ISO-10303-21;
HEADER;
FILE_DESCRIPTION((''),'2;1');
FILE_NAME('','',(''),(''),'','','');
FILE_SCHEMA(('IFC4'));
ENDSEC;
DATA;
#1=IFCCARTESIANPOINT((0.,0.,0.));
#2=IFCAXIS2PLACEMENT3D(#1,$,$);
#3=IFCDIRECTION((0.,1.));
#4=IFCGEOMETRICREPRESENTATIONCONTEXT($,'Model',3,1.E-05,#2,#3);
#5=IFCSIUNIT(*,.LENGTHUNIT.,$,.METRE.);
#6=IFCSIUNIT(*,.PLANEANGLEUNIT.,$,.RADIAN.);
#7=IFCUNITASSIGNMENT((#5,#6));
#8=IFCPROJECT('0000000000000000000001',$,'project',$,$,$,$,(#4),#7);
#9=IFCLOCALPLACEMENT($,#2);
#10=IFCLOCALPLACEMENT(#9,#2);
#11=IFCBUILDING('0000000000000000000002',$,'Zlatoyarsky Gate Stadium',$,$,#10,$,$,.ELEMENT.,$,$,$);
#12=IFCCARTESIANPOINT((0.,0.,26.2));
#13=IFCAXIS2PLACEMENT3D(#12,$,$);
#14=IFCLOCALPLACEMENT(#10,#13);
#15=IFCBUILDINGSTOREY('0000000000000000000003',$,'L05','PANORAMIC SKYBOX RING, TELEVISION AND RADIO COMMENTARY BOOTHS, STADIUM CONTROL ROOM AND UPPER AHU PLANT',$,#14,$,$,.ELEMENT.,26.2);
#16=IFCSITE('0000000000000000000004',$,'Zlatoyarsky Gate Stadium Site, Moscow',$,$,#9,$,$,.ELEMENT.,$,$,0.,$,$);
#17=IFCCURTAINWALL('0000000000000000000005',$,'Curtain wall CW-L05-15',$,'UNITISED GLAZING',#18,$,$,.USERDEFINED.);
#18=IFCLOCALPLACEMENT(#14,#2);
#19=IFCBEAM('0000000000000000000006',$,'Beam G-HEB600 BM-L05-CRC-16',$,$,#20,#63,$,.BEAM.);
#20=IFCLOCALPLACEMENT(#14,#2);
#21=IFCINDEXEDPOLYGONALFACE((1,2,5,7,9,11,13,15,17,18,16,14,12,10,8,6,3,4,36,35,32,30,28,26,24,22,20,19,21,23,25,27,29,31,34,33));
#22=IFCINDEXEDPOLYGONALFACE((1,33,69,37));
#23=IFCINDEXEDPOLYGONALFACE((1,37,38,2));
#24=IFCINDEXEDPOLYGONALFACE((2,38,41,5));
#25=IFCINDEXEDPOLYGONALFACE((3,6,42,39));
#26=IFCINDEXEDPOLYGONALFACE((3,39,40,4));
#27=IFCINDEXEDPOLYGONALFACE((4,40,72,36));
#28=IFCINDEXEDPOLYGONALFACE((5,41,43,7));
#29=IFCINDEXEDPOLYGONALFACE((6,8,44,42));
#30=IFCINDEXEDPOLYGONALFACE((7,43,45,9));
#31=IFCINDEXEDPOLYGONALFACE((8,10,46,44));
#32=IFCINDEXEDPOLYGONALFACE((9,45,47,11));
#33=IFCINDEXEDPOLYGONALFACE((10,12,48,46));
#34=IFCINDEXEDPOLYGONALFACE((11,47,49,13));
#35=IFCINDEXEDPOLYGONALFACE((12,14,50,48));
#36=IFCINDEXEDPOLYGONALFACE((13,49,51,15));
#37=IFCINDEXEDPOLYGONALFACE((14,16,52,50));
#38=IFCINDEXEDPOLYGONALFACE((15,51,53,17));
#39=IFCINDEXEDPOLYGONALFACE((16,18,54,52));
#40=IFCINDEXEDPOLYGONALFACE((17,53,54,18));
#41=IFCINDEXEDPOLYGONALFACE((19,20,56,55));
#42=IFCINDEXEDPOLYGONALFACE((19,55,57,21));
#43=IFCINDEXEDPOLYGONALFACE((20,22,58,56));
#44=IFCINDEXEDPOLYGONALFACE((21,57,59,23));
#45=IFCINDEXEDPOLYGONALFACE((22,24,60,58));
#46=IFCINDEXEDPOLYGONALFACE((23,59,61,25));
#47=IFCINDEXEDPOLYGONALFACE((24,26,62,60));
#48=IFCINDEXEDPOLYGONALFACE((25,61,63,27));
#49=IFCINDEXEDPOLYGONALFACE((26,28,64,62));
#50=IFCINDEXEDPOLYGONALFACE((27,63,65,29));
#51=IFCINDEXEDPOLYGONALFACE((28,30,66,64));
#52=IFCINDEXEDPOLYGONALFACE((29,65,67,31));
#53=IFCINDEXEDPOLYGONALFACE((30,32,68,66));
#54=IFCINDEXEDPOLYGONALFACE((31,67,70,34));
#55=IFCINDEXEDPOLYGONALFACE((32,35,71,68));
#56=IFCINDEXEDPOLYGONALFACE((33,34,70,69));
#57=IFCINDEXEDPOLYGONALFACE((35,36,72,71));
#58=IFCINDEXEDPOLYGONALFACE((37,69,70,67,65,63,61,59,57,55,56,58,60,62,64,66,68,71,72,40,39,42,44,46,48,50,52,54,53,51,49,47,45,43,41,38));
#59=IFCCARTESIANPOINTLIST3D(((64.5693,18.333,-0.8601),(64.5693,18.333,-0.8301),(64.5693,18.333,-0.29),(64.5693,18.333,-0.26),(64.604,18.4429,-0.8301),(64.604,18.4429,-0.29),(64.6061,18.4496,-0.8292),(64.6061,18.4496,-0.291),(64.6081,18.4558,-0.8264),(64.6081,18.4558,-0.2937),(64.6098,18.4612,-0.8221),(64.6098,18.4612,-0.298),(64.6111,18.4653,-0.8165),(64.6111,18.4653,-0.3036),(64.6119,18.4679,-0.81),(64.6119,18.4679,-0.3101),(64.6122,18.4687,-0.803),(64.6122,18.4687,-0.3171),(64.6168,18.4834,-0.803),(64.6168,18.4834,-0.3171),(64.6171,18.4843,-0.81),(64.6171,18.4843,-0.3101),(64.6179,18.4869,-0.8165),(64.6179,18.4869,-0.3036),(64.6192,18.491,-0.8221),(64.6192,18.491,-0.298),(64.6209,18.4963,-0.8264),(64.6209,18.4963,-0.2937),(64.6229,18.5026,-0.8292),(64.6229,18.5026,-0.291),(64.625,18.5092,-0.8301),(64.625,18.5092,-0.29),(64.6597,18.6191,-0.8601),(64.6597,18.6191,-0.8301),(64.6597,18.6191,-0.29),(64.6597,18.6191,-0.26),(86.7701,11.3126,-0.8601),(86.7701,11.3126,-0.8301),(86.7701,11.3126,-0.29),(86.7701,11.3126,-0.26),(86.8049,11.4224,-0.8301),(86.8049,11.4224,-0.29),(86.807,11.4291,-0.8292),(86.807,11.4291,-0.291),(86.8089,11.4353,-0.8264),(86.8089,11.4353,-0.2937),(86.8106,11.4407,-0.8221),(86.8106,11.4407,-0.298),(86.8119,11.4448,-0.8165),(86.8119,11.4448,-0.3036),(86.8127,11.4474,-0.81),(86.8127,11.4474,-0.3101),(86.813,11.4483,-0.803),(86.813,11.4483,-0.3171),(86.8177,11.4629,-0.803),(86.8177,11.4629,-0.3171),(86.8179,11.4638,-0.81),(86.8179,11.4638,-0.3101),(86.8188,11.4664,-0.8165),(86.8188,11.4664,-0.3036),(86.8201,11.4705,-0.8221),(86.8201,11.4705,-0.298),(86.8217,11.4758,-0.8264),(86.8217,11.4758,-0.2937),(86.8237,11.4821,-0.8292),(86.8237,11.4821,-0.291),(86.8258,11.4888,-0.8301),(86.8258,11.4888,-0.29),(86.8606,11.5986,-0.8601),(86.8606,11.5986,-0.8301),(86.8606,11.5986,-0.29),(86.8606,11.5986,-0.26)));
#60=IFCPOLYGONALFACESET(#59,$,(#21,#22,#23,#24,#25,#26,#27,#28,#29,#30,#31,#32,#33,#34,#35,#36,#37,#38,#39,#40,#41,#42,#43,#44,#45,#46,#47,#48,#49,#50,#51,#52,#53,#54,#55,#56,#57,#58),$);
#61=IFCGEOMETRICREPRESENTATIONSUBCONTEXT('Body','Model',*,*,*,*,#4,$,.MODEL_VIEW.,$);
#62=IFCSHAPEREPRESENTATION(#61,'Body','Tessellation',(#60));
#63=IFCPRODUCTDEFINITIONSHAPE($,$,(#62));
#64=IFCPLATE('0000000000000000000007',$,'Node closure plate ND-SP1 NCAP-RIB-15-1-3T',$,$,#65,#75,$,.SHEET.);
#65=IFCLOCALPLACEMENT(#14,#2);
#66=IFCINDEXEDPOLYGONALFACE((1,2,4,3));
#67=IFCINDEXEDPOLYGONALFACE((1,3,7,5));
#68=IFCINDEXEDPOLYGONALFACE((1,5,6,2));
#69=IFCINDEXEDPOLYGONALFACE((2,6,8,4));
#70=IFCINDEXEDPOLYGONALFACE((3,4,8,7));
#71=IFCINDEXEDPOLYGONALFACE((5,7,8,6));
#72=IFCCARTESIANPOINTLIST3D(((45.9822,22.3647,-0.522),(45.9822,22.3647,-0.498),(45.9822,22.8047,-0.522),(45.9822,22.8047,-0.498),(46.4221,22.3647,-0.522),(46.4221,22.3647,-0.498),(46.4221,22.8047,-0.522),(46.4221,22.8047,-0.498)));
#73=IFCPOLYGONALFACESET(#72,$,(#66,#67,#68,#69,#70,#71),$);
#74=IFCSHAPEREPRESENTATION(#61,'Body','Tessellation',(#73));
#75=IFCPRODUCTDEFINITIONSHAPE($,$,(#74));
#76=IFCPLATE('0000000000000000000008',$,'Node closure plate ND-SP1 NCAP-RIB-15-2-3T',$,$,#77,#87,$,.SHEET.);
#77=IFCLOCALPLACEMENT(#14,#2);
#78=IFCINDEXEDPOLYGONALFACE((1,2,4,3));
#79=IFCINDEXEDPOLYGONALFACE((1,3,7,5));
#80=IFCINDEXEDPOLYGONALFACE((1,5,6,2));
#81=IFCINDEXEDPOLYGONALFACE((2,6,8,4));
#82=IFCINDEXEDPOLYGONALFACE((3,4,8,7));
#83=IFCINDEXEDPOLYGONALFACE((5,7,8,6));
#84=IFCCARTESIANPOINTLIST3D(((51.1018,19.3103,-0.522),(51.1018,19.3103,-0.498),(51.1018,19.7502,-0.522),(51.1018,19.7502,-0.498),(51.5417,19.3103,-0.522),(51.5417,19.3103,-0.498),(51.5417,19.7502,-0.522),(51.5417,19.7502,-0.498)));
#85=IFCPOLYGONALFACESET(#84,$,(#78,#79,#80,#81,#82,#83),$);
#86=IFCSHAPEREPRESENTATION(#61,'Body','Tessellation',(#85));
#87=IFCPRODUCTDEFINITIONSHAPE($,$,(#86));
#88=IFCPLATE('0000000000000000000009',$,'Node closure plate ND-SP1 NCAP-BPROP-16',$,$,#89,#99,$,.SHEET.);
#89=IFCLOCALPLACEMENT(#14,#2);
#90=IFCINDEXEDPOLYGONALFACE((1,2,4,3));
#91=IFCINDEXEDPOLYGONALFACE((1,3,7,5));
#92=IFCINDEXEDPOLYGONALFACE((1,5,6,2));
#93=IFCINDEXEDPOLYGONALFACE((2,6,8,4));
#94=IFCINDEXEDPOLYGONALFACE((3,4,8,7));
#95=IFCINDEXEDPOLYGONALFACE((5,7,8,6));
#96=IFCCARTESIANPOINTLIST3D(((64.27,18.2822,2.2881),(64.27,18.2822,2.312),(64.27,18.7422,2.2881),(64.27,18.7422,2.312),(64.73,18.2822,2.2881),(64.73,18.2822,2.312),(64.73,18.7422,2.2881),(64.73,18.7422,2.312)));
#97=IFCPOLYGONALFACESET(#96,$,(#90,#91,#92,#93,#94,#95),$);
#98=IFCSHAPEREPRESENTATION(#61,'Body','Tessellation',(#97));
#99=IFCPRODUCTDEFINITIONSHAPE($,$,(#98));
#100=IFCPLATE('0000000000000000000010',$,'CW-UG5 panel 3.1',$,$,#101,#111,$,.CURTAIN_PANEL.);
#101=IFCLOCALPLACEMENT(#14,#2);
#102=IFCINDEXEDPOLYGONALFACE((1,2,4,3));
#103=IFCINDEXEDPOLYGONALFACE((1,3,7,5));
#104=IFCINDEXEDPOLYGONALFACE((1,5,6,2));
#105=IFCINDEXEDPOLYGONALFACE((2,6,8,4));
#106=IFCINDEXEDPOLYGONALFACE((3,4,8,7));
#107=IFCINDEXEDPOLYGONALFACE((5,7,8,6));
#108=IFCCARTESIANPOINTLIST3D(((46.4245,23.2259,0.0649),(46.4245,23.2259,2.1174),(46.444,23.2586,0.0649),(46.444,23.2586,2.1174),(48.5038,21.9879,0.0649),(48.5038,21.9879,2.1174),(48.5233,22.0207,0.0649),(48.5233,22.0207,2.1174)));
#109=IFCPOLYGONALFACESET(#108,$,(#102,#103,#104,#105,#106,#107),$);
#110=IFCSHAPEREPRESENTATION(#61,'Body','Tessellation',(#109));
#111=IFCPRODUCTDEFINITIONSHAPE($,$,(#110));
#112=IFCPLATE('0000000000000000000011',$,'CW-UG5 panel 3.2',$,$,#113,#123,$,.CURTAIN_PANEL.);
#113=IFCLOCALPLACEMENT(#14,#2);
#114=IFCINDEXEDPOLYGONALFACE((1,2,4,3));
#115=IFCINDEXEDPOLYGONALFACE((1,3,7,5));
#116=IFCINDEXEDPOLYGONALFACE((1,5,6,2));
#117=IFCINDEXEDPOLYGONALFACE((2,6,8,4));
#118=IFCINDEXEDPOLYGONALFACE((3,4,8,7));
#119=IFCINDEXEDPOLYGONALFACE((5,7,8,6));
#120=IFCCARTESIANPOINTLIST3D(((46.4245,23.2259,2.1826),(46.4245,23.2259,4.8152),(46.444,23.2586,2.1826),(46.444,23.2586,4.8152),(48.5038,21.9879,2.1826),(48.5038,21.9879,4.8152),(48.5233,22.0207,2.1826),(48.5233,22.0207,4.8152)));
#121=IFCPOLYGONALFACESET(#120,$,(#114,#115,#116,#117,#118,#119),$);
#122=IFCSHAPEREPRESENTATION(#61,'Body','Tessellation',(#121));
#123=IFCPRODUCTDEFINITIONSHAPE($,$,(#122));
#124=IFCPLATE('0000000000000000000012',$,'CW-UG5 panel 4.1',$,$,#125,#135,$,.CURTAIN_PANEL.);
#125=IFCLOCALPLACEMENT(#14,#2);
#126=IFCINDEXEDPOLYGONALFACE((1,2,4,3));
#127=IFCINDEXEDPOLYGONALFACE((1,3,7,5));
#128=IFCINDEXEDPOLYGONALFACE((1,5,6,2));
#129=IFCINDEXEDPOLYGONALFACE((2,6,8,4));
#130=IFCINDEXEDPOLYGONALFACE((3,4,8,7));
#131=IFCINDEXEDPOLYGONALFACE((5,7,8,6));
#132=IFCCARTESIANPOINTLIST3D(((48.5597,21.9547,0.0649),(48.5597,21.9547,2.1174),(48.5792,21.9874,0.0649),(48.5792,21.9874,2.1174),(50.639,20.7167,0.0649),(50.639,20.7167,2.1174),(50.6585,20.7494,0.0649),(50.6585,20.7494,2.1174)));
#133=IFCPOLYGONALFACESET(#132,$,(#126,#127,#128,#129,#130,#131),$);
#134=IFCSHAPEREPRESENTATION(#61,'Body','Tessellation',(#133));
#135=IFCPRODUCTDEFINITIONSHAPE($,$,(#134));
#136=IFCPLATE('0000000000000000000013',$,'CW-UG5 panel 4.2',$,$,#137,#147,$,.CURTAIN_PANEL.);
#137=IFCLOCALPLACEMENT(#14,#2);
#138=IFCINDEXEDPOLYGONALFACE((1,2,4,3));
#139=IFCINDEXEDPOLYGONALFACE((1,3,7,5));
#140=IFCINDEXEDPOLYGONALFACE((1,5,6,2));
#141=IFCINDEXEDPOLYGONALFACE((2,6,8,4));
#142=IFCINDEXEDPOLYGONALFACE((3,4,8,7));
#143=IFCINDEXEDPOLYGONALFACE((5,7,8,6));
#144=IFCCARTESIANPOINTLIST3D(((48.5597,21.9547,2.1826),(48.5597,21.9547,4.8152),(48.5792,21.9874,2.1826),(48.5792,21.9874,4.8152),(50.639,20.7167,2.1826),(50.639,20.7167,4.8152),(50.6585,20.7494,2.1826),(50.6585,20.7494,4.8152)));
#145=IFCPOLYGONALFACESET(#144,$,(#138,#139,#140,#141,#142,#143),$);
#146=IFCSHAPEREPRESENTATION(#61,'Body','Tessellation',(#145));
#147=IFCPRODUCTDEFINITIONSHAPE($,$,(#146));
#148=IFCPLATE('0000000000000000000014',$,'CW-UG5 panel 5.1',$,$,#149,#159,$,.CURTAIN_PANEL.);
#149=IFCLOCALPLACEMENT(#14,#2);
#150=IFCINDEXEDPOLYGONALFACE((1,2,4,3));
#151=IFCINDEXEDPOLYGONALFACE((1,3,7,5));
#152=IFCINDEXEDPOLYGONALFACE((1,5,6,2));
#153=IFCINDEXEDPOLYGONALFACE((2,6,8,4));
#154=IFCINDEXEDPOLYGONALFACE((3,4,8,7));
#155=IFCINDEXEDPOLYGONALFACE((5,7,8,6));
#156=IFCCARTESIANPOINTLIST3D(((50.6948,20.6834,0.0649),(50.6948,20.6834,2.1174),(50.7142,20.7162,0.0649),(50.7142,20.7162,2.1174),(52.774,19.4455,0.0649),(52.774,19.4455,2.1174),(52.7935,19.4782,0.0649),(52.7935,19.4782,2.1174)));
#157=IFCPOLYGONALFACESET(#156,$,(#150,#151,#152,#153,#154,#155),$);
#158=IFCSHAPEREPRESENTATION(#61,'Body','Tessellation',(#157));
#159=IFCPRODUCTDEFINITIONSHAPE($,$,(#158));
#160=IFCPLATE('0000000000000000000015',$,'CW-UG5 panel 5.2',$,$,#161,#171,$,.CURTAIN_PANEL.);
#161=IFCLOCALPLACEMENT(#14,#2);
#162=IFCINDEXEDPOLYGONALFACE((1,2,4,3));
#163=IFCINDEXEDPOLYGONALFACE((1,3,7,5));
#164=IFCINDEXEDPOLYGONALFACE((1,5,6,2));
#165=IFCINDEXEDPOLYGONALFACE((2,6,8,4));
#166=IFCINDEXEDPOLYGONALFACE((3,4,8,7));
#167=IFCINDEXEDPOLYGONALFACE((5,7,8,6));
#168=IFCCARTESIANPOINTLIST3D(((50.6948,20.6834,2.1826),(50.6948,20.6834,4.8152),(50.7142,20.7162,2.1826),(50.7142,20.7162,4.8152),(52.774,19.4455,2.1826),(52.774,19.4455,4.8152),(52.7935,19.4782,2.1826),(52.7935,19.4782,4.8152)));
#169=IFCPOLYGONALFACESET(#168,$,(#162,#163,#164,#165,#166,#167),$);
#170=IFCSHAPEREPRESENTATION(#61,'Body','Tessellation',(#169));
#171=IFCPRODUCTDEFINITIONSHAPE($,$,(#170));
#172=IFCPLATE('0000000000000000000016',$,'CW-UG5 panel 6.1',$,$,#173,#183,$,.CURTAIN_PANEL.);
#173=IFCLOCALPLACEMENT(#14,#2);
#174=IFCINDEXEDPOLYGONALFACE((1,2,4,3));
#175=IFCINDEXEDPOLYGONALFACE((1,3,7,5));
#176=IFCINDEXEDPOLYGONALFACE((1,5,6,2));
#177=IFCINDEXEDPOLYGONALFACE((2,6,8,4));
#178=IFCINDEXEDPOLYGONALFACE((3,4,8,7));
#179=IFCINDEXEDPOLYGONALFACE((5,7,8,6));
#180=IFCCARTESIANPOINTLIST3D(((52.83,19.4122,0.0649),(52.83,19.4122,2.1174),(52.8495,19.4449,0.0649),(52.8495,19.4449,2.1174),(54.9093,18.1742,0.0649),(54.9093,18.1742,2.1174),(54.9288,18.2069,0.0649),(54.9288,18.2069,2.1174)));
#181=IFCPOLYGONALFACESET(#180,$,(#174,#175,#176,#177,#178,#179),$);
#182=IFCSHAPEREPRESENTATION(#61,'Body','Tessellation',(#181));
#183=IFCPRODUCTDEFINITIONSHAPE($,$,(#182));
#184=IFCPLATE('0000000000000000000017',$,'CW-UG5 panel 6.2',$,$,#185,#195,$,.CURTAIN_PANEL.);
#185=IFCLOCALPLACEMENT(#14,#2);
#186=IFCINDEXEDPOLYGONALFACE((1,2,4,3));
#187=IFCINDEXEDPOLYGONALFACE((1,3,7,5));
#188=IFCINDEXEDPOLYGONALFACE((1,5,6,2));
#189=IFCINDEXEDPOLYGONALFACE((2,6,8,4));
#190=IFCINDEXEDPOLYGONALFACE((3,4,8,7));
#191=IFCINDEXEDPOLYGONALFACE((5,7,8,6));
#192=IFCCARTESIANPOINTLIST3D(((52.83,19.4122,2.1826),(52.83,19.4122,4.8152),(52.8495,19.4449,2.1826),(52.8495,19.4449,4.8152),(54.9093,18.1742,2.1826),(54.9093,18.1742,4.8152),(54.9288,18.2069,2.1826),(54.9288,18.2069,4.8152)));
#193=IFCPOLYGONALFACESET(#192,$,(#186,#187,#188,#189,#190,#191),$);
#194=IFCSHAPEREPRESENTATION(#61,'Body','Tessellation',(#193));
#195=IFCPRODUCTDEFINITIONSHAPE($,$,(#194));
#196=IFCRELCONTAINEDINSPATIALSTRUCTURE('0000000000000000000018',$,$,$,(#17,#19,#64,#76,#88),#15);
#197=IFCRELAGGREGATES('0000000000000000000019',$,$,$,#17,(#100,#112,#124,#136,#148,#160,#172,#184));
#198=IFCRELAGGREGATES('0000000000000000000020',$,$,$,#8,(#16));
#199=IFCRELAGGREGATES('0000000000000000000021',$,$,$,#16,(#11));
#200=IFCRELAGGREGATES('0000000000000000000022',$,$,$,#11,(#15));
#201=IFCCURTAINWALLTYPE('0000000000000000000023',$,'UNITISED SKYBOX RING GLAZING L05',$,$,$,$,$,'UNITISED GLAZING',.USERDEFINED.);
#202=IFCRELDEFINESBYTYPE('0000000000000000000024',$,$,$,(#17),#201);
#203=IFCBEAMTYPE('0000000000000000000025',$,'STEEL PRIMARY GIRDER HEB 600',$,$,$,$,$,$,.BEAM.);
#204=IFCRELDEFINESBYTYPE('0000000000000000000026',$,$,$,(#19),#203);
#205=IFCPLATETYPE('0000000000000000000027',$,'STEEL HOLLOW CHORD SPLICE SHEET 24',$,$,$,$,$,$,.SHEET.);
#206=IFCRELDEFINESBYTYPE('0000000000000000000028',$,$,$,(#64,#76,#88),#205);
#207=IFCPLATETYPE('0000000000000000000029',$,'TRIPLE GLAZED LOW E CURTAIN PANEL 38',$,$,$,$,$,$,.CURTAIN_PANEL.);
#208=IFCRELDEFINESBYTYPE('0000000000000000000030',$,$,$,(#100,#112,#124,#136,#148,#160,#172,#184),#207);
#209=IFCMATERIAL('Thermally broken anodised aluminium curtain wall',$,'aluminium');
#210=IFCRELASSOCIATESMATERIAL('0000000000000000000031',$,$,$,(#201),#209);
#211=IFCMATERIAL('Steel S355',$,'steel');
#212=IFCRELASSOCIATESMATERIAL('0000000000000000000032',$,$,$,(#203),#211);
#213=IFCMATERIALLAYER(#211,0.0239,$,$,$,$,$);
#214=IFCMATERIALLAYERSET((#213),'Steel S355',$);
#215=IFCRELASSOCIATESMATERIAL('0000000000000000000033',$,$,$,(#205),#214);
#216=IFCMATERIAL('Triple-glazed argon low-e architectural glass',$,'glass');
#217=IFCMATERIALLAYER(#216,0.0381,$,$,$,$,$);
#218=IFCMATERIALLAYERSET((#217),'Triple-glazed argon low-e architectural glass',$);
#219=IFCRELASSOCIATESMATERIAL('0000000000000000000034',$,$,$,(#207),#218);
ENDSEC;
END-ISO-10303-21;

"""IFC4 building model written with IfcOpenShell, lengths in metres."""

from ifc_helpers import new_model, si_unit, direction, frame, origin, origin_2d, place, context, subcontext, project, spatial, rectangle, i_section, extrude, material, layer, layer_set, material_profile, profile_set, type_object, element, aggregate, save


model = new_model("IFC4")

# Units and contexts
model_context = context("Model", 3, precision=1e-05, world=origin(), true_north=direction((0.0, 1.0)))
body_context = subcontext(model_context, "Body", "Model", "MODEL_VIEW")
ifc_project = project(units=[si_unit("LENGTHUNIT", "METRE"), si_unit("PLANEANGLEUNIT", "RADIAN")], contexts=[model_context])

# Site, building, storey
site_placement = place(None, origin())
site = spatial("IfcSite", under=ifc_project, at=site_placement, Name="Zlatoyarsky Gate Stadium Site, Moscow", CompositionType="ELEMENT", RefElevation=0.0)
building_placement = place(site_placement, origin())
building = spatial("IfcBuilding", under=site, at=building_placement, Name="Zlatoyarsky Gate Stadium", CompositionType="ELEMENT")
storey_placement = place(building_placement, frame((0.0, 0.0, 26.2)))
storey = spatial("IfcBuildingStorey", under=building, at=storey_placement, Name="L05", Description="PANORAMIC SKYBOX RING, TELEVISION AND RADIO COMMENTARY BOOTHS, STADIUM CONTROL ROOM AND UPPER AHU PLANT", CompositionType="ELEMENT", Elevation=26.2)

# Shared definitions
ifc_material_1 = material(Name="Steel S355", Category="steel")

# Curtain wall
ifc_material_2 = material(Name="Thermally broken anodised aluminium curtain wall", Category="aluminium")
curtain_wall_type = type_object("IfcCurtainWallType", Name="UNITISED SKYBOX RING GLAZING L05", ElementType="UNITISED GLAZING", PredefinedType="USERDEFINED", material=ifc_material_2)
curtain_wall_placement = place(storey_placement, origin())
curtain_wall = element("IfcCurtainWall", 1, at=curtain_wall_placement, inside=storey, type_object=curtain_wall_type, Name="Curtain wall CW-L05-15", ObjectType="UNITISED GLAZING", PredefinedType="USERDEFINED")

# Beam
ifc_material_profile_1 = material_profile(ifc_material_1, i_section(OverallWidth=0.3, OverallDepth=0.6001, WebThickness=0.0154, FlangeThickness=0.03, FilletRadius=0.0271, at=origin_2d()), Name="HEB 600")
ifc_profile_set_1 = profile_set([ifc_material_profile_1], Name="Steel S355")
beam_type = type_object("IfcBeamType", Name="STEEL PRIMARY GIRDER HEB 600", PredefinedType="BEAM", material=ifc_profile_set_1)
beam_placement = place(storey_placement, frame((64.6145, 18.4761, -0.5601), z_axis=(0.953463, -0.30151, 0.0), x_axis=(0.30151, 0.953463, 0.0)))
element("IfcBeam", 2, at=beam_placement, inside=storey, type_object=beam_type, Name="Beam G-HEB600 BM-L05-CRC-16", PredefinedType="BEAM", context=body_context, shape_type="SweptSolid", body=[
    extrude(i_section(OverallWidth=0.3, OverallDepth=0.6001, WebThickness=0.0154, FlangeThickness=0.03, FilletRadius=0.0271, at=origin_2d()), origin(), (0.0, 0.0, 1.0), 23.2844),
])

# Plates
ifc_layer_1 = layer(ifc_material_1, 0.0239)
ifc_layer_set_1 = layer_set([ifc_layer_1], Name="Steel S355")
plate_type_1 = type_object("IfcPlateType", Name="STEEL HOLLOW CHORD SPLICE SHEET 24", PredefinedType="SHEET", material=ifc_layer_set_1)
for number, where, z_axis, x_axis, name in (
    (3, (46.2021, 22.5847, -0.522), (0.0, 0.0, 1.0), (1.0, 0.0, 0.0), "Node closure plate ND-SP1 NCAP-RIB-15-1-3T"),
    (4, (51.3218, 19.5303, -0.522), (0.0, 0.0, 1.0), (1.0, 0.0, 0.0), "Node closure plate ND-SP1 NCAP-RIB-15-2-3T"),
):
    element("IfcPlate", number, at=place(storey_placement, frame(where, z_axis=z_axis, x_axis=x_axis)), inside=storey, type_object=plate_type_1, Name=name, PredefinedType="SHEET", context=body_context, shape_type="SweptSolid", body=[
        extrude(rectangle(XDim=0.4399, YDim=0.4399, at=origin_2d()), origin(), (0.0, 0.0, 1.0), 0.0239),
    ])
plate_1_placement = place(storey_placement, frame((64.5, 18.5122, 2.2881), z_axis=(0.0, 0.0, 1.0), x_axis=(1.0, 0.0, 0.0)))
element("IfcPlate", 5, at=plate_1_placement, inside=storey, type_object=plate_type_1, Name="Node closure plate ND-SP1 NCAP-BPROP-16", PredefinedType="SHEET", context=body_context, shape_type="SweptSolid", body=[
    extrude(rectangle(XDim=0.46, YDim=0.46, at=origin_2d()), origin(), (0.0, 0.0, 1.0), 0.0239),
])

# Plates
ifc_material_3 = material(Name="Triple-glazed argon low-e architectural glass", Category="glass")
ifc_layer_2 = layer(ifc_material_3, 0.0381)
ifc_layer_set_2 = layer_set([ifc_layer_2], Name="Triple-glazed argon low-e architectural glass")
plate_type_2 = type_object("IfcPlateType", Name="TRIPLE GLAZED LOW E CURTAIN PANEL 38", PredefinedType="CURTAIN_PANEL", material=ifc_layer_set_2)
plate_2_placement = place(storey_placement, frame((47.4739, 22.6233, 0.0649), z_axis=(0.0, 0.0, 1.0), x_axis=(0.859237, -0.511577, 0.0)))
plate_2 = element("IfcPlate", 6, at=plate_2_placement, type_object=plate_type_2, Name="CW-UG5 panel 3.1", PredefinedType="CURTAIN_PANEL", context=body_context, shape_type="SweptSolid", body=[
    extrude(rectangle(XDim=2.4199, YDim=0.0381, at=origin_2d()), origin(), (0.0, 0.0, 1.0), 2.0525),
])
plate_3_placement = place(storey_placement, frame((47.4739, 22.6233, 2.1826), z_axis=(0.0, 0.0, 1.0), x_axis=(0.859237, -0.511577, 0.0)))
plate_3 = element("IfcPlate", 7, at=plate_3_placement, type_object=plate_type_2, Name="CW-UG5 panel 3.2", PredefinedType="CURTAIN_PANEL", context=body_context, shape_type="SweptSolid", body=[
    extrude(rectangle(XDim=2.4199, YDim=0.0381, at=origin_2d()), origin(), (0.0, 0.0, 1.0), 2.6326),
])
plate_4_placement = place(storey_placement, frame((49.6091, 21.3521, 0.0649), z_axis=(0.0, 0.0, 1.0), x_axis=(0.859237, -0.511577, 0.0)))
plate_4 = element("IfcPlate", 8, at=plate_4_placement, type_object=plate_type_2, Name="CW-UG5 panel 4.1", PredefinedType="CURTAIN_PANEL", context=body_context, shape_type="SweptSolid", body=[
    extrude(rectangle(XDim=2.4199, YDim=0.0381, at=origin_2d()), origin(), (0.0, 0.0, 1.0), 2.0525),
])
plate_5_placement = place(storey_placement, frame((49.6091, 21.3521, 2.1826), z_axis=(0.0, 0.0, 1.0), x_axis=(0.859237, -0.511577, 0.0)))
plate_5 = element("IfcPlate", 9, at=plate_5_placement, type_object=plate_type_2, Name="CW-UG5 panel 4.2", PredefinedType="CURTAIN_PANEL", context=body_context, shape_type="SweptSolid", body=[
    extrude(rectangle(XDim=2.4199, YDim=0.0381, at=origin_2d()), origin(), (0.0, 0.0, 1.0), 2.6326),
])
plate_6_placement = place(storey_placement, frame((51.7441, 20.0808, 0.0649), z_axis=(0.0, 0.0, 1.0), x_axis=(0.859237, -0.511577, 0.0)))
plate_6 = element("IfcPlate", 10, at=plate_6_placement, type_object=plate_type_2, Name="CW-UG5 panel 5.1", PredefinedType="CURTAIN_PANEL", context=body_context, shape_type="SweptSolid", body=[
    extrude(rectangle(XDim=2.4199, YDim=0.0381, at=origin_2d()), origin(), (0.0, 0.0, 1.0), 2.0525),
])
plate_7_placement = place(storey_placement, frame((51.7441, 20.0808, 2.1826), z_axis=(0.0, 0.0, 1.0), x_axis=(0.859237, -0.511577, 0.0)))
plate_7 = element("IfcPlate", 11, at=plate_7_placement, type_object=plate_type_2, Name="CW-UG5 panel 5.2", PredefinedType="CURTAIN_PANEL", context=body_context, shape_type="SweptSolid", body=[
    extrude(rectangle(XDim=2.4199, YDim=0.0381, at=origin_2d()), origin(), (0.0, 0.0, 1.0), 2.6326),
])
plate_8_placement = place(storey_placement, frame((53.8794, 18.8096, 0.0649), z_axis=(0.0, 0.0, 1.0), x_axis=(0.859237, -0.511577, 0.0)))
plate_8 = element("IfcPlate", 12, at=plate_8_placement, type_object=plate_type_2, Name="CW-UG5 panel 6.1", PredefinedType="CURTAIN_PANEL", context=body_context, shape_type="SweptSolid", body=[
    extrude(rectangle(XDim=2.4199, YDim=0.0381, at=origin_2d()), origin(), (0.0, 0.0, 1.0), 2.0525),
])
plate_9_placement = place(storey_placement, frame((53.8794, 18.8096, 2.1826), z_axis=(0.0, 0.0, 1.0), x_axis=(0.859237, -0.511577, 0.0)))
plate_9 = element("IfcPlate", 13, at=plate_9_placement, type_object=plate_type_2, Name="CW-UG5 panel 6.2", PredefinedType="CURTAIN_PANEL", context=body_context, shape_type="SweptSolid", body=[
    extrude(rectangle(XDim=2.4199, YDim=0.0381, at=origin_2d()), origin(), (0.0, 0.0, 1.0), 2.6326),
])
aggregate(curtain_wall, [plate_2, plate_3, plate_4, plate_5, plate_6, plate_7, plate_8, plate_9])

save(model, "model.ifc")
